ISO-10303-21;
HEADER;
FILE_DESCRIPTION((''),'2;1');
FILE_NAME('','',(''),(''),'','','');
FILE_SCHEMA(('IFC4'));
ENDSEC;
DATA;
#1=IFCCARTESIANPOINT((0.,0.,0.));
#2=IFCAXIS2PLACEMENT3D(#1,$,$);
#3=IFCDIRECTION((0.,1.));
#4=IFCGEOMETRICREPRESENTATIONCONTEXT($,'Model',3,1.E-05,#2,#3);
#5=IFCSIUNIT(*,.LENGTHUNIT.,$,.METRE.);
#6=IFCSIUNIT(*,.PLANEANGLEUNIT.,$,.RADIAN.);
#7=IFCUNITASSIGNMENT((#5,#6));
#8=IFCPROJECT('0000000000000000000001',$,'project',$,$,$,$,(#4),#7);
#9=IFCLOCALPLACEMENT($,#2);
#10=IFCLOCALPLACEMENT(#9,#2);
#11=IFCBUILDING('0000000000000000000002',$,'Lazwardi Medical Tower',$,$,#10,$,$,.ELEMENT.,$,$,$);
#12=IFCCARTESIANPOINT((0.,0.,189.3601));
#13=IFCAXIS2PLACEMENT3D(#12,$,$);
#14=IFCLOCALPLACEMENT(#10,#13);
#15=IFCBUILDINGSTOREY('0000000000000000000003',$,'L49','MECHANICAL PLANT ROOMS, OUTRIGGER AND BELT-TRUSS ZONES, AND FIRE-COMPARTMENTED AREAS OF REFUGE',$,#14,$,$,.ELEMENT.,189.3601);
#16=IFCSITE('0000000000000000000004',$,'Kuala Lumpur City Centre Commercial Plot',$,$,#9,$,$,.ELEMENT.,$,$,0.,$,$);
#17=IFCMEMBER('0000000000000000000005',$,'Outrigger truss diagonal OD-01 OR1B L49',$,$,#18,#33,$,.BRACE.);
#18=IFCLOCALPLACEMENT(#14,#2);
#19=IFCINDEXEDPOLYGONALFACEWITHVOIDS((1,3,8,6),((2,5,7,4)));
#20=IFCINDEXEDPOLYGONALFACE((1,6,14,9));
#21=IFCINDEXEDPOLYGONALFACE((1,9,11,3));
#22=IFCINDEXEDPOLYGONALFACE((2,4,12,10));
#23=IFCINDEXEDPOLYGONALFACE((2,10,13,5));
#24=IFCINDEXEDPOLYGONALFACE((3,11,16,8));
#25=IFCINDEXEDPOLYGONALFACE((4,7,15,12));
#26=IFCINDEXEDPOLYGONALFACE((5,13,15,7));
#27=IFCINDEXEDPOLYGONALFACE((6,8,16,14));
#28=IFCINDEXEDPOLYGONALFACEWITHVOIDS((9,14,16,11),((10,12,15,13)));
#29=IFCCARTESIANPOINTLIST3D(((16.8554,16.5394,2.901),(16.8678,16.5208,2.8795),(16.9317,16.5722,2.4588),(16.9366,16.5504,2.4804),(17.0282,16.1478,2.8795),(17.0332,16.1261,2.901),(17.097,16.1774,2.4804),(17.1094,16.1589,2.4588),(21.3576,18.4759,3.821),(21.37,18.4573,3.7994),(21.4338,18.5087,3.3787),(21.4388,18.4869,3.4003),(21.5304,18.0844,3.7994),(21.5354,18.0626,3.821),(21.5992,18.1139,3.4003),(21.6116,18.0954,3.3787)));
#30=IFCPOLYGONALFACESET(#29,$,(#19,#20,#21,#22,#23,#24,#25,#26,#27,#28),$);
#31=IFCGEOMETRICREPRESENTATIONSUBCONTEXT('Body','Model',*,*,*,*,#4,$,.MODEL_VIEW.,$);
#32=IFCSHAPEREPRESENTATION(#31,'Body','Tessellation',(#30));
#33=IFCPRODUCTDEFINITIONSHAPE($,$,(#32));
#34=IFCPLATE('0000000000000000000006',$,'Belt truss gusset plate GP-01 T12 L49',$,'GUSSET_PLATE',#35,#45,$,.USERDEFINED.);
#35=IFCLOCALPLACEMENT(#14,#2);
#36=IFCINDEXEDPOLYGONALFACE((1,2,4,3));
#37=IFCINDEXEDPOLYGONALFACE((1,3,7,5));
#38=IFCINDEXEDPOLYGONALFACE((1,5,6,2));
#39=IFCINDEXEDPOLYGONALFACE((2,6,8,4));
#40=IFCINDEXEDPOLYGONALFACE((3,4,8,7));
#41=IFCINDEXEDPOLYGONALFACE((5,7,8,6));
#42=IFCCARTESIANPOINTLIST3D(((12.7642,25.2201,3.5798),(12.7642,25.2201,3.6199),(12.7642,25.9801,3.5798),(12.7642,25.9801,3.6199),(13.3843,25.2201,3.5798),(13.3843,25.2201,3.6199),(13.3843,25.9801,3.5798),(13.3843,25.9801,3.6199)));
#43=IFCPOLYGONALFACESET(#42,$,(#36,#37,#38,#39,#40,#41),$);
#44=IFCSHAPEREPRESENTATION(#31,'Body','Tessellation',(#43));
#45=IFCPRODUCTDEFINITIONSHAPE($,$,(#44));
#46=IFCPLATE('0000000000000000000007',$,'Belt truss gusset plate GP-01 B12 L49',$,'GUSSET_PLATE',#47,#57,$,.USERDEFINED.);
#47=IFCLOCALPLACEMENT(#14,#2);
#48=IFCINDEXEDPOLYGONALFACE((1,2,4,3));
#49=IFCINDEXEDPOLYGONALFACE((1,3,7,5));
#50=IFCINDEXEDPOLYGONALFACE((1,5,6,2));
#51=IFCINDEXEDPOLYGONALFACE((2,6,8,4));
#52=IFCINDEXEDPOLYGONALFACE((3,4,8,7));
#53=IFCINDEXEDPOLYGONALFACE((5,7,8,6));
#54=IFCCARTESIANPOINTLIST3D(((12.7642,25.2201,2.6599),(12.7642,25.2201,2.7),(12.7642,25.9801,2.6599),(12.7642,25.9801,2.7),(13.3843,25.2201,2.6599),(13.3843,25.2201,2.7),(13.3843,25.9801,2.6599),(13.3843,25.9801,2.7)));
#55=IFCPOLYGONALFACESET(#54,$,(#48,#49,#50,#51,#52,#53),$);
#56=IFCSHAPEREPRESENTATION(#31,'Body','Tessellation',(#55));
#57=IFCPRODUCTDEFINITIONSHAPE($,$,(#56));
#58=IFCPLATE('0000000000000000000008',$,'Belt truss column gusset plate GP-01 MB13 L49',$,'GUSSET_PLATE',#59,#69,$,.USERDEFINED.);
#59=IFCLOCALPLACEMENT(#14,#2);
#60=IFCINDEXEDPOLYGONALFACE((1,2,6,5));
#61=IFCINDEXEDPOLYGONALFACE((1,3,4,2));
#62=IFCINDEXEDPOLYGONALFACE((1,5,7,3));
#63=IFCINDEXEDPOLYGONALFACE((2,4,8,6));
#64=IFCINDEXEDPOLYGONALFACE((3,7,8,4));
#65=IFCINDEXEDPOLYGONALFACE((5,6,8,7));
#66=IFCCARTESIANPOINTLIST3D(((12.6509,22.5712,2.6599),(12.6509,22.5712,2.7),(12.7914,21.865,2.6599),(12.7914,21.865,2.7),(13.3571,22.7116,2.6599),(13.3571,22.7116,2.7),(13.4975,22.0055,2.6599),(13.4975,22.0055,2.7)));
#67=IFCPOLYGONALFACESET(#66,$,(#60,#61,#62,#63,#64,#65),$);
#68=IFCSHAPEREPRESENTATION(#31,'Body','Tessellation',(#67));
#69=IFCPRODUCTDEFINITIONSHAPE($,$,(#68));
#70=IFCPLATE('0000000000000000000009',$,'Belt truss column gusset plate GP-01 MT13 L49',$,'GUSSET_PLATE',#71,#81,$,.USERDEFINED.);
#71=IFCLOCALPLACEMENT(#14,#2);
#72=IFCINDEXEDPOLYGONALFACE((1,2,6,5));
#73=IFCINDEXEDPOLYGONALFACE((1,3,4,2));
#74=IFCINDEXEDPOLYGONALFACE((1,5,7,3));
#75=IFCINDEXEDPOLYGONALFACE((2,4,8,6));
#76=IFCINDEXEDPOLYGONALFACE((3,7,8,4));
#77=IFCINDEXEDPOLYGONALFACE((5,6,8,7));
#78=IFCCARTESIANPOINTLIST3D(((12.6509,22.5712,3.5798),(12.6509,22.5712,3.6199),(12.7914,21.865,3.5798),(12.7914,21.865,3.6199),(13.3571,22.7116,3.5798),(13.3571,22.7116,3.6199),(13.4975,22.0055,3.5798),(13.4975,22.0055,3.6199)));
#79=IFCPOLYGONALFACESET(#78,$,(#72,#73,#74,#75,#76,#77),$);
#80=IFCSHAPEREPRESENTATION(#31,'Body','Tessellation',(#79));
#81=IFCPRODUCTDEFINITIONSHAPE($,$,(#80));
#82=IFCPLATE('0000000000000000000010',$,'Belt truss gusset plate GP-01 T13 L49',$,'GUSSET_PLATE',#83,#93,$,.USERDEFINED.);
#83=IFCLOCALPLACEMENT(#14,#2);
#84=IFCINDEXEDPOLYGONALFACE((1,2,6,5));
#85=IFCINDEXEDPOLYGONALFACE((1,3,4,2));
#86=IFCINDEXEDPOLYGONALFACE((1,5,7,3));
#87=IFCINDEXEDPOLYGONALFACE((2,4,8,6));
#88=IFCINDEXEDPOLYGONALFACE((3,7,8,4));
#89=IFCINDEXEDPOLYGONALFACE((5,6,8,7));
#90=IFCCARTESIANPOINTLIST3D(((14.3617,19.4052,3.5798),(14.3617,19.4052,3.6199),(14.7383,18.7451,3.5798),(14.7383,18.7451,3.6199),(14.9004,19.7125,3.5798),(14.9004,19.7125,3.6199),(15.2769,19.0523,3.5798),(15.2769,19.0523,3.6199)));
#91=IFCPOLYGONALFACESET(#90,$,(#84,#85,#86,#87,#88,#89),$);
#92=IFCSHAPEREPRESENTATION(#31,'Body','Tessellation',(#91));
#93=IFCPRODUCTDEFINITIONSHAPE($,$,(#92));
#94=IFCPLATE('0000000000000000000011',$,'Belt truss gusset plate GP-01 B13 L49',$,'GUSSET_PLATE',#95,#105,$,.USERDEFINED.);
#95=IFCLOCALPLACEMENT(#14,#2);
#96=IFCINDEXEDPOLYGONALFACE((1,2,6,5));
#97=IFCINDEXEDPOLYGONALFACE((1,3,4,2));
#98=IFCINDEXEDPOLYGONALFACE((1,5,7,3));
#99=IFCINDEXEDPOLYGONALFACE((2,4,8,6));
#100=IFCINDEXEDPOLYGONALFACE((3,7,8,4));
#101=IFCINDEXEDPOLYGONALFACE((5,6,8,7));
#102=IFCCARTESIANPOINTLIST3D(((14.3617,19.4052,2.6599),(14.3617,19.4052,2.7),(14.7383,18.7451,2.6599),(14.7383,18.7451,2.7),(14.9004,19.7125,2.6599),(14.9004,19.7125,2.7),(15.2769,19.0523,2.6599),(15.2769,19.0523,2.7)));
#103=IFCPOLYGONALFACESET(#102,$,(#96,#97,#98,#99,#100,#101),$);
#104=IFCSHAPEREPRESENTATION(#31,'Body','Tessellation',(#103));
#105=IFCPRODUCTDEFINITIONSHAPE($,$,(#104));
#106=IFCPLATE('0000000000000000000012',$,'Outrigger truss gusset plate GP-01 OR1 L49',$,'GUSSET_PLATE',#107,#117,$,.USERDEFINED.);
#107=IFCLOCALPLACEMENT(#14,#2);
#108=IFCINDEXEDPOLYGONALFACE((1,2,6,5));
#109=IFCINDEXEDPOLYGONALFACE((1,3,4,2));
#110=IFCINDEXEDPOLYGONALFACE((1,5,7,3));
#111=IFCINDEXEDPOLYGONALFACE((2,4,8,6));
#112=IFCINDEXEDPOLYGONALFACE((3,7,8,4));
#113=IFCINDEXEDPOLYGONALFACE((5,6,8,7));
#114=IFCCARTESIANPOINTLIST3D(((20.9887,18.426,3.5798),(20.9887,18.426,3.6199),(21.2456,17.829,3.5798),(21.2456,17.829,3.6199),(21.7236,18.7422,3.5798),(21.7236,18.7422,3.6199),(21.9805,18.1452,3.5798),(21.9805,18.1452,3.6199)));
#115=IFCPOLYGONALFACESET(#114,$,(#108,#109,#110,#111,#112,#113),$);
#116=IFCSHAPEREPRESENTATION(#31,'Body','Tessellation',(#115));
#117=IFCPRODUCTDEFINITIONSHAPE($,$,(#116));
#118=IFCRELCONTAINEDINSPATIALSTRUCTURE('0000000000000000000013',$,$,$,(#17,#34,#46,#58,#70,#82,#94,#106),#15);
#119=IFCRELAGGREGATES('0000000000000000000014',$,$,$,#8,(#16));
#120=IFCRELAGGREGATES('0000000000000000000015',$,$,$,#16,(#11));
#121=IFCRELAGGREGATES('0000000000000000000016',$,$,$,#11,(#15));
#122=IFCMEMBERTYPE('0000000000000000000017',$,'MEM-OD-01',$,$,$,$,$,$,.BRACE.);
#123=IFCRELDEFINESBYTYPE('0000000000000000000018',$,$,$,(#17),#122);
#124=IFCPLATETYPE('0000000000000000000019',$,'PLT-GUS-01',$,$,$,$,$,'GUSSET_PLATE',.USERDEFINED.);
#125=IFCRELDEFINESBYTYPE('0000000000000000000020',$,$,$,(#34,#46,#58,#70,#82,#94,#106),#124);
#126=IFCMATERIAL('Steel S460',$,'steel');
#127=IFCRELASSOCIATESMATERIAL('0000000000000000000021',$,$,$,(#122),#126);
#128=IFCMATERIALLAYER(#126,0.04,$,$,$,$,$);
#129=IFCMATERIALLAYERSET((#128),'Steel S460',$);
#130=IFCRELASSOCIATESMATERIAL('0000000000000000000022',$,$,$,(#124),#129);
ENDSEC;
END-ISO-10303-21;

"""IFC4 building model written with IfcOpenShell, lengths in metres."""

from ifc_helpers import new_model, si_unit, direction, frame, origin, origin_2d, place, context, subcontext, project, spatial, rectangle, hollow_rectangle, extrude, material, layer, layer_set, material_profile, profile_set, type_object, element, save


model = new_model("IFC4")

# Units and contexts
model_context = context("Model", 3, precision=1e-05, world=origin(), true_north=direction((0.0, 1.0)))
body_context = subcontext(model_context, "Body", "Model", "MODEL_VIEW")
ifc_project = project(units=[si_unit("LENGTHUNIT", "METRE"), si_unit("PLANEANGLEUNIT", "RADIAN")], contexts=[model_context])

# Site, building, storey
site_placement = place(None, origin())
site = spatial("IfcSite", under=ifc_project, at=site_placement, Name="Kuala Lumpur City Centre Commercial Plot", CompositionType="ELEMENT", RefElevation=0.0)
building_placement = place(site_placement, origin())
building = spatial("IfcBuilding", under=site, at=building_placement, Name="Lazwardi Medical Tower", CompositionType="ELEMENT")
storey_placement = place(building_placement, frame((0.0, 0.0, 189.3601)))
storey = spatial("IfcBuildingStorey", under=building, at=storey_placement, Name="L49", Description="MECHANICAL PLANT ROOMS, OUTRIGGER AND BELT-TRUSS ZONES, AND FIRE-COMPARTMENTED AREAS OF REFUGE", CompositionType="ELEMENT", Elevation=189.3601)

# Shared definitions
ifc_material_1 = material(Name="Steel S460", Category="steel")

# Member
ifc_material_profile_1 = material_profile(ifc_material_1, hollow_rectangle(XDim=0.45, YDim=0.45, WallThickness=0.022, at=origin_2d()), Name="RHS 450x450x22")
ifc_profile_set_1 = profile_set([ifc_material_profile_1], Name="Steel S460")
member_type_1 = type_object("IfcMemberType", Name="MEM-OD-01", PredefinedType="BRACE", material=ifc_profile_set_1)
member_1_placement = place(storey_placement, frame((16.9824, 16.3491, 2.6799), z_axis=(0.902859, 0.388346, 0.184479), x_axis=(-0.395127, 0.918626, 0.0)))
element("IfcMember", 1, at=member_1_placement, inside=storey, type_object=member_type_1, Name="Outrigger truss diagonal OD-01 OR1B L49", PredefinedType="BRACE", context=body_context, shape_type="SweptSolid", body=[
    extrude(hollow_rectangle(XDim=0.45, YDim=0.45, WallThickness=0.022, at=origin_2d()), origin(), (0.0, 0.0, 1.0), 4.9866),
])

# Plates
ifc_layer = layer(ifc_material_1, 0.04)
ifc_layer_set = layer_set([ifc_layer], Name="Steel S460")
plate_type = type_object("IfcPlateType", Name="PLT-GUS-01", ElementType="GUSSET_PLATE", PredefinedType="USERDEFINED", material=ifc_layer_set)
for number, where, z_axis, x_axis, name in (
    (2, (13.0742, 25.6001, 3.5798), (0.0, 0.0, 1.0), (0.0, -1.0, 0.0), "Belt truss gusset plate GP-01 T12 L49"),
    (3, (13.0742, 25.6001, 2.6599), (0.0, 0.0, 1.0), (0.0, -1.0, 0.0), "Belt truss gusset plate GP-01 B12 L49"),
):
    element("IfcPlate", number, at=place(storey_placement, frame(where, z_axis=z_axis, x_axis=x_axis)), inside=storey, type_object=plate_type, Name=name, ObjectType="GUSSET_PLATE", PredefinedType="USERDEFINED", context=body_context, shape_type="SweptSolid", body=[
        extrude(rectangle(XDim=0.76, YDim=0.6201, at=origin_2d()), origin(), (0.0, 0.0, 1.0), 0.04),
    ])
for number, where, z_axis, x_axis, name in (
    (4, (13.0742, 22.2883, 2.6599), (0.0, 0.0, 1.0), (-0.980785, -0.19509, 0.0), "Belt truss column gusset plate GP-01 MB13 L49"),
    (5, (13.0742, 22.2883, 3.5798), (0.0, 0.0, 1.0), (-0.980785, -0.19509, 0.0), "Belt truss column gusset plate GP-01 MT13 L49"),
):
    element("IfcPlate", number, at=place(storey_placement, frame(where, z_axis=z_axis, x_axis=x_axis)), inside=storey, type_object=plate_type, Name=name, ObjectType="GUSSET_PLATE", PredefinedType="USERDEFINED", context=body_context, shape_type="SweptSolid", body=[
        extrude(rectangle(XDim=0.72, YDim=0.72, at=origin_2d()), origin(), (0.0, 0.0, 1.0), 0.04),
    ])
for number, where, z_axis, x_axis, name in (
    (6, (14.8193, 19.2288, 3.5798), (0.0, 0.0, 1.0), (0.495459, -0.868632, 0.0), "Belt truss gusset plate GP-01 T13 L49"),
    (7, (14.8193, 19.2288, 2.6599), (0.0, 0.0, 1.0), (0.495459, -0.868632, 0.0), "Belt truss gusset plate GP-01 B13 L49"),
):
    element("IfcPlate", number, at=place(storey_placement, frame(where, z_axis=z_axis, x_axis=x_axis)), inside=storey, type_object=plate_type, Name=name, ObjectType="GUSSET_PLATE", PredefinedType="USERDEFINED", context=body_context, shape_type="SweptSolid", body=[
        extrude(rectangle(XDim=0.76, YDim=0.6201, at=origin_2d()), origin(), (0.0, 0.0, 1.0), 0.04),
    ])
plate_placement = place(storey_placement, frame((21.4846, 18.2856, 3.5798), z_axis=(0.0, 0.0, 1.0), x_axis=(-0.918584, -0.395225, 0.0)))
element("IfcPlate", 8, at=plate_placement, inside=storey, type_object=plate_type, Name="Outrigger truss gusset plate GP-01 OR1 L49", ObjectType="GUSSET_PLATE", PredefinedType="USERDEFINED", context=body_context, shape_type="SweptSolid", body=[
    extrude(rectangle(XDim=0.8, YDim=0.6499, at=origin_2d()), origin(), (0.0, 0.0, 1.0), 0.04),
])

save(model, "model.ifc")
